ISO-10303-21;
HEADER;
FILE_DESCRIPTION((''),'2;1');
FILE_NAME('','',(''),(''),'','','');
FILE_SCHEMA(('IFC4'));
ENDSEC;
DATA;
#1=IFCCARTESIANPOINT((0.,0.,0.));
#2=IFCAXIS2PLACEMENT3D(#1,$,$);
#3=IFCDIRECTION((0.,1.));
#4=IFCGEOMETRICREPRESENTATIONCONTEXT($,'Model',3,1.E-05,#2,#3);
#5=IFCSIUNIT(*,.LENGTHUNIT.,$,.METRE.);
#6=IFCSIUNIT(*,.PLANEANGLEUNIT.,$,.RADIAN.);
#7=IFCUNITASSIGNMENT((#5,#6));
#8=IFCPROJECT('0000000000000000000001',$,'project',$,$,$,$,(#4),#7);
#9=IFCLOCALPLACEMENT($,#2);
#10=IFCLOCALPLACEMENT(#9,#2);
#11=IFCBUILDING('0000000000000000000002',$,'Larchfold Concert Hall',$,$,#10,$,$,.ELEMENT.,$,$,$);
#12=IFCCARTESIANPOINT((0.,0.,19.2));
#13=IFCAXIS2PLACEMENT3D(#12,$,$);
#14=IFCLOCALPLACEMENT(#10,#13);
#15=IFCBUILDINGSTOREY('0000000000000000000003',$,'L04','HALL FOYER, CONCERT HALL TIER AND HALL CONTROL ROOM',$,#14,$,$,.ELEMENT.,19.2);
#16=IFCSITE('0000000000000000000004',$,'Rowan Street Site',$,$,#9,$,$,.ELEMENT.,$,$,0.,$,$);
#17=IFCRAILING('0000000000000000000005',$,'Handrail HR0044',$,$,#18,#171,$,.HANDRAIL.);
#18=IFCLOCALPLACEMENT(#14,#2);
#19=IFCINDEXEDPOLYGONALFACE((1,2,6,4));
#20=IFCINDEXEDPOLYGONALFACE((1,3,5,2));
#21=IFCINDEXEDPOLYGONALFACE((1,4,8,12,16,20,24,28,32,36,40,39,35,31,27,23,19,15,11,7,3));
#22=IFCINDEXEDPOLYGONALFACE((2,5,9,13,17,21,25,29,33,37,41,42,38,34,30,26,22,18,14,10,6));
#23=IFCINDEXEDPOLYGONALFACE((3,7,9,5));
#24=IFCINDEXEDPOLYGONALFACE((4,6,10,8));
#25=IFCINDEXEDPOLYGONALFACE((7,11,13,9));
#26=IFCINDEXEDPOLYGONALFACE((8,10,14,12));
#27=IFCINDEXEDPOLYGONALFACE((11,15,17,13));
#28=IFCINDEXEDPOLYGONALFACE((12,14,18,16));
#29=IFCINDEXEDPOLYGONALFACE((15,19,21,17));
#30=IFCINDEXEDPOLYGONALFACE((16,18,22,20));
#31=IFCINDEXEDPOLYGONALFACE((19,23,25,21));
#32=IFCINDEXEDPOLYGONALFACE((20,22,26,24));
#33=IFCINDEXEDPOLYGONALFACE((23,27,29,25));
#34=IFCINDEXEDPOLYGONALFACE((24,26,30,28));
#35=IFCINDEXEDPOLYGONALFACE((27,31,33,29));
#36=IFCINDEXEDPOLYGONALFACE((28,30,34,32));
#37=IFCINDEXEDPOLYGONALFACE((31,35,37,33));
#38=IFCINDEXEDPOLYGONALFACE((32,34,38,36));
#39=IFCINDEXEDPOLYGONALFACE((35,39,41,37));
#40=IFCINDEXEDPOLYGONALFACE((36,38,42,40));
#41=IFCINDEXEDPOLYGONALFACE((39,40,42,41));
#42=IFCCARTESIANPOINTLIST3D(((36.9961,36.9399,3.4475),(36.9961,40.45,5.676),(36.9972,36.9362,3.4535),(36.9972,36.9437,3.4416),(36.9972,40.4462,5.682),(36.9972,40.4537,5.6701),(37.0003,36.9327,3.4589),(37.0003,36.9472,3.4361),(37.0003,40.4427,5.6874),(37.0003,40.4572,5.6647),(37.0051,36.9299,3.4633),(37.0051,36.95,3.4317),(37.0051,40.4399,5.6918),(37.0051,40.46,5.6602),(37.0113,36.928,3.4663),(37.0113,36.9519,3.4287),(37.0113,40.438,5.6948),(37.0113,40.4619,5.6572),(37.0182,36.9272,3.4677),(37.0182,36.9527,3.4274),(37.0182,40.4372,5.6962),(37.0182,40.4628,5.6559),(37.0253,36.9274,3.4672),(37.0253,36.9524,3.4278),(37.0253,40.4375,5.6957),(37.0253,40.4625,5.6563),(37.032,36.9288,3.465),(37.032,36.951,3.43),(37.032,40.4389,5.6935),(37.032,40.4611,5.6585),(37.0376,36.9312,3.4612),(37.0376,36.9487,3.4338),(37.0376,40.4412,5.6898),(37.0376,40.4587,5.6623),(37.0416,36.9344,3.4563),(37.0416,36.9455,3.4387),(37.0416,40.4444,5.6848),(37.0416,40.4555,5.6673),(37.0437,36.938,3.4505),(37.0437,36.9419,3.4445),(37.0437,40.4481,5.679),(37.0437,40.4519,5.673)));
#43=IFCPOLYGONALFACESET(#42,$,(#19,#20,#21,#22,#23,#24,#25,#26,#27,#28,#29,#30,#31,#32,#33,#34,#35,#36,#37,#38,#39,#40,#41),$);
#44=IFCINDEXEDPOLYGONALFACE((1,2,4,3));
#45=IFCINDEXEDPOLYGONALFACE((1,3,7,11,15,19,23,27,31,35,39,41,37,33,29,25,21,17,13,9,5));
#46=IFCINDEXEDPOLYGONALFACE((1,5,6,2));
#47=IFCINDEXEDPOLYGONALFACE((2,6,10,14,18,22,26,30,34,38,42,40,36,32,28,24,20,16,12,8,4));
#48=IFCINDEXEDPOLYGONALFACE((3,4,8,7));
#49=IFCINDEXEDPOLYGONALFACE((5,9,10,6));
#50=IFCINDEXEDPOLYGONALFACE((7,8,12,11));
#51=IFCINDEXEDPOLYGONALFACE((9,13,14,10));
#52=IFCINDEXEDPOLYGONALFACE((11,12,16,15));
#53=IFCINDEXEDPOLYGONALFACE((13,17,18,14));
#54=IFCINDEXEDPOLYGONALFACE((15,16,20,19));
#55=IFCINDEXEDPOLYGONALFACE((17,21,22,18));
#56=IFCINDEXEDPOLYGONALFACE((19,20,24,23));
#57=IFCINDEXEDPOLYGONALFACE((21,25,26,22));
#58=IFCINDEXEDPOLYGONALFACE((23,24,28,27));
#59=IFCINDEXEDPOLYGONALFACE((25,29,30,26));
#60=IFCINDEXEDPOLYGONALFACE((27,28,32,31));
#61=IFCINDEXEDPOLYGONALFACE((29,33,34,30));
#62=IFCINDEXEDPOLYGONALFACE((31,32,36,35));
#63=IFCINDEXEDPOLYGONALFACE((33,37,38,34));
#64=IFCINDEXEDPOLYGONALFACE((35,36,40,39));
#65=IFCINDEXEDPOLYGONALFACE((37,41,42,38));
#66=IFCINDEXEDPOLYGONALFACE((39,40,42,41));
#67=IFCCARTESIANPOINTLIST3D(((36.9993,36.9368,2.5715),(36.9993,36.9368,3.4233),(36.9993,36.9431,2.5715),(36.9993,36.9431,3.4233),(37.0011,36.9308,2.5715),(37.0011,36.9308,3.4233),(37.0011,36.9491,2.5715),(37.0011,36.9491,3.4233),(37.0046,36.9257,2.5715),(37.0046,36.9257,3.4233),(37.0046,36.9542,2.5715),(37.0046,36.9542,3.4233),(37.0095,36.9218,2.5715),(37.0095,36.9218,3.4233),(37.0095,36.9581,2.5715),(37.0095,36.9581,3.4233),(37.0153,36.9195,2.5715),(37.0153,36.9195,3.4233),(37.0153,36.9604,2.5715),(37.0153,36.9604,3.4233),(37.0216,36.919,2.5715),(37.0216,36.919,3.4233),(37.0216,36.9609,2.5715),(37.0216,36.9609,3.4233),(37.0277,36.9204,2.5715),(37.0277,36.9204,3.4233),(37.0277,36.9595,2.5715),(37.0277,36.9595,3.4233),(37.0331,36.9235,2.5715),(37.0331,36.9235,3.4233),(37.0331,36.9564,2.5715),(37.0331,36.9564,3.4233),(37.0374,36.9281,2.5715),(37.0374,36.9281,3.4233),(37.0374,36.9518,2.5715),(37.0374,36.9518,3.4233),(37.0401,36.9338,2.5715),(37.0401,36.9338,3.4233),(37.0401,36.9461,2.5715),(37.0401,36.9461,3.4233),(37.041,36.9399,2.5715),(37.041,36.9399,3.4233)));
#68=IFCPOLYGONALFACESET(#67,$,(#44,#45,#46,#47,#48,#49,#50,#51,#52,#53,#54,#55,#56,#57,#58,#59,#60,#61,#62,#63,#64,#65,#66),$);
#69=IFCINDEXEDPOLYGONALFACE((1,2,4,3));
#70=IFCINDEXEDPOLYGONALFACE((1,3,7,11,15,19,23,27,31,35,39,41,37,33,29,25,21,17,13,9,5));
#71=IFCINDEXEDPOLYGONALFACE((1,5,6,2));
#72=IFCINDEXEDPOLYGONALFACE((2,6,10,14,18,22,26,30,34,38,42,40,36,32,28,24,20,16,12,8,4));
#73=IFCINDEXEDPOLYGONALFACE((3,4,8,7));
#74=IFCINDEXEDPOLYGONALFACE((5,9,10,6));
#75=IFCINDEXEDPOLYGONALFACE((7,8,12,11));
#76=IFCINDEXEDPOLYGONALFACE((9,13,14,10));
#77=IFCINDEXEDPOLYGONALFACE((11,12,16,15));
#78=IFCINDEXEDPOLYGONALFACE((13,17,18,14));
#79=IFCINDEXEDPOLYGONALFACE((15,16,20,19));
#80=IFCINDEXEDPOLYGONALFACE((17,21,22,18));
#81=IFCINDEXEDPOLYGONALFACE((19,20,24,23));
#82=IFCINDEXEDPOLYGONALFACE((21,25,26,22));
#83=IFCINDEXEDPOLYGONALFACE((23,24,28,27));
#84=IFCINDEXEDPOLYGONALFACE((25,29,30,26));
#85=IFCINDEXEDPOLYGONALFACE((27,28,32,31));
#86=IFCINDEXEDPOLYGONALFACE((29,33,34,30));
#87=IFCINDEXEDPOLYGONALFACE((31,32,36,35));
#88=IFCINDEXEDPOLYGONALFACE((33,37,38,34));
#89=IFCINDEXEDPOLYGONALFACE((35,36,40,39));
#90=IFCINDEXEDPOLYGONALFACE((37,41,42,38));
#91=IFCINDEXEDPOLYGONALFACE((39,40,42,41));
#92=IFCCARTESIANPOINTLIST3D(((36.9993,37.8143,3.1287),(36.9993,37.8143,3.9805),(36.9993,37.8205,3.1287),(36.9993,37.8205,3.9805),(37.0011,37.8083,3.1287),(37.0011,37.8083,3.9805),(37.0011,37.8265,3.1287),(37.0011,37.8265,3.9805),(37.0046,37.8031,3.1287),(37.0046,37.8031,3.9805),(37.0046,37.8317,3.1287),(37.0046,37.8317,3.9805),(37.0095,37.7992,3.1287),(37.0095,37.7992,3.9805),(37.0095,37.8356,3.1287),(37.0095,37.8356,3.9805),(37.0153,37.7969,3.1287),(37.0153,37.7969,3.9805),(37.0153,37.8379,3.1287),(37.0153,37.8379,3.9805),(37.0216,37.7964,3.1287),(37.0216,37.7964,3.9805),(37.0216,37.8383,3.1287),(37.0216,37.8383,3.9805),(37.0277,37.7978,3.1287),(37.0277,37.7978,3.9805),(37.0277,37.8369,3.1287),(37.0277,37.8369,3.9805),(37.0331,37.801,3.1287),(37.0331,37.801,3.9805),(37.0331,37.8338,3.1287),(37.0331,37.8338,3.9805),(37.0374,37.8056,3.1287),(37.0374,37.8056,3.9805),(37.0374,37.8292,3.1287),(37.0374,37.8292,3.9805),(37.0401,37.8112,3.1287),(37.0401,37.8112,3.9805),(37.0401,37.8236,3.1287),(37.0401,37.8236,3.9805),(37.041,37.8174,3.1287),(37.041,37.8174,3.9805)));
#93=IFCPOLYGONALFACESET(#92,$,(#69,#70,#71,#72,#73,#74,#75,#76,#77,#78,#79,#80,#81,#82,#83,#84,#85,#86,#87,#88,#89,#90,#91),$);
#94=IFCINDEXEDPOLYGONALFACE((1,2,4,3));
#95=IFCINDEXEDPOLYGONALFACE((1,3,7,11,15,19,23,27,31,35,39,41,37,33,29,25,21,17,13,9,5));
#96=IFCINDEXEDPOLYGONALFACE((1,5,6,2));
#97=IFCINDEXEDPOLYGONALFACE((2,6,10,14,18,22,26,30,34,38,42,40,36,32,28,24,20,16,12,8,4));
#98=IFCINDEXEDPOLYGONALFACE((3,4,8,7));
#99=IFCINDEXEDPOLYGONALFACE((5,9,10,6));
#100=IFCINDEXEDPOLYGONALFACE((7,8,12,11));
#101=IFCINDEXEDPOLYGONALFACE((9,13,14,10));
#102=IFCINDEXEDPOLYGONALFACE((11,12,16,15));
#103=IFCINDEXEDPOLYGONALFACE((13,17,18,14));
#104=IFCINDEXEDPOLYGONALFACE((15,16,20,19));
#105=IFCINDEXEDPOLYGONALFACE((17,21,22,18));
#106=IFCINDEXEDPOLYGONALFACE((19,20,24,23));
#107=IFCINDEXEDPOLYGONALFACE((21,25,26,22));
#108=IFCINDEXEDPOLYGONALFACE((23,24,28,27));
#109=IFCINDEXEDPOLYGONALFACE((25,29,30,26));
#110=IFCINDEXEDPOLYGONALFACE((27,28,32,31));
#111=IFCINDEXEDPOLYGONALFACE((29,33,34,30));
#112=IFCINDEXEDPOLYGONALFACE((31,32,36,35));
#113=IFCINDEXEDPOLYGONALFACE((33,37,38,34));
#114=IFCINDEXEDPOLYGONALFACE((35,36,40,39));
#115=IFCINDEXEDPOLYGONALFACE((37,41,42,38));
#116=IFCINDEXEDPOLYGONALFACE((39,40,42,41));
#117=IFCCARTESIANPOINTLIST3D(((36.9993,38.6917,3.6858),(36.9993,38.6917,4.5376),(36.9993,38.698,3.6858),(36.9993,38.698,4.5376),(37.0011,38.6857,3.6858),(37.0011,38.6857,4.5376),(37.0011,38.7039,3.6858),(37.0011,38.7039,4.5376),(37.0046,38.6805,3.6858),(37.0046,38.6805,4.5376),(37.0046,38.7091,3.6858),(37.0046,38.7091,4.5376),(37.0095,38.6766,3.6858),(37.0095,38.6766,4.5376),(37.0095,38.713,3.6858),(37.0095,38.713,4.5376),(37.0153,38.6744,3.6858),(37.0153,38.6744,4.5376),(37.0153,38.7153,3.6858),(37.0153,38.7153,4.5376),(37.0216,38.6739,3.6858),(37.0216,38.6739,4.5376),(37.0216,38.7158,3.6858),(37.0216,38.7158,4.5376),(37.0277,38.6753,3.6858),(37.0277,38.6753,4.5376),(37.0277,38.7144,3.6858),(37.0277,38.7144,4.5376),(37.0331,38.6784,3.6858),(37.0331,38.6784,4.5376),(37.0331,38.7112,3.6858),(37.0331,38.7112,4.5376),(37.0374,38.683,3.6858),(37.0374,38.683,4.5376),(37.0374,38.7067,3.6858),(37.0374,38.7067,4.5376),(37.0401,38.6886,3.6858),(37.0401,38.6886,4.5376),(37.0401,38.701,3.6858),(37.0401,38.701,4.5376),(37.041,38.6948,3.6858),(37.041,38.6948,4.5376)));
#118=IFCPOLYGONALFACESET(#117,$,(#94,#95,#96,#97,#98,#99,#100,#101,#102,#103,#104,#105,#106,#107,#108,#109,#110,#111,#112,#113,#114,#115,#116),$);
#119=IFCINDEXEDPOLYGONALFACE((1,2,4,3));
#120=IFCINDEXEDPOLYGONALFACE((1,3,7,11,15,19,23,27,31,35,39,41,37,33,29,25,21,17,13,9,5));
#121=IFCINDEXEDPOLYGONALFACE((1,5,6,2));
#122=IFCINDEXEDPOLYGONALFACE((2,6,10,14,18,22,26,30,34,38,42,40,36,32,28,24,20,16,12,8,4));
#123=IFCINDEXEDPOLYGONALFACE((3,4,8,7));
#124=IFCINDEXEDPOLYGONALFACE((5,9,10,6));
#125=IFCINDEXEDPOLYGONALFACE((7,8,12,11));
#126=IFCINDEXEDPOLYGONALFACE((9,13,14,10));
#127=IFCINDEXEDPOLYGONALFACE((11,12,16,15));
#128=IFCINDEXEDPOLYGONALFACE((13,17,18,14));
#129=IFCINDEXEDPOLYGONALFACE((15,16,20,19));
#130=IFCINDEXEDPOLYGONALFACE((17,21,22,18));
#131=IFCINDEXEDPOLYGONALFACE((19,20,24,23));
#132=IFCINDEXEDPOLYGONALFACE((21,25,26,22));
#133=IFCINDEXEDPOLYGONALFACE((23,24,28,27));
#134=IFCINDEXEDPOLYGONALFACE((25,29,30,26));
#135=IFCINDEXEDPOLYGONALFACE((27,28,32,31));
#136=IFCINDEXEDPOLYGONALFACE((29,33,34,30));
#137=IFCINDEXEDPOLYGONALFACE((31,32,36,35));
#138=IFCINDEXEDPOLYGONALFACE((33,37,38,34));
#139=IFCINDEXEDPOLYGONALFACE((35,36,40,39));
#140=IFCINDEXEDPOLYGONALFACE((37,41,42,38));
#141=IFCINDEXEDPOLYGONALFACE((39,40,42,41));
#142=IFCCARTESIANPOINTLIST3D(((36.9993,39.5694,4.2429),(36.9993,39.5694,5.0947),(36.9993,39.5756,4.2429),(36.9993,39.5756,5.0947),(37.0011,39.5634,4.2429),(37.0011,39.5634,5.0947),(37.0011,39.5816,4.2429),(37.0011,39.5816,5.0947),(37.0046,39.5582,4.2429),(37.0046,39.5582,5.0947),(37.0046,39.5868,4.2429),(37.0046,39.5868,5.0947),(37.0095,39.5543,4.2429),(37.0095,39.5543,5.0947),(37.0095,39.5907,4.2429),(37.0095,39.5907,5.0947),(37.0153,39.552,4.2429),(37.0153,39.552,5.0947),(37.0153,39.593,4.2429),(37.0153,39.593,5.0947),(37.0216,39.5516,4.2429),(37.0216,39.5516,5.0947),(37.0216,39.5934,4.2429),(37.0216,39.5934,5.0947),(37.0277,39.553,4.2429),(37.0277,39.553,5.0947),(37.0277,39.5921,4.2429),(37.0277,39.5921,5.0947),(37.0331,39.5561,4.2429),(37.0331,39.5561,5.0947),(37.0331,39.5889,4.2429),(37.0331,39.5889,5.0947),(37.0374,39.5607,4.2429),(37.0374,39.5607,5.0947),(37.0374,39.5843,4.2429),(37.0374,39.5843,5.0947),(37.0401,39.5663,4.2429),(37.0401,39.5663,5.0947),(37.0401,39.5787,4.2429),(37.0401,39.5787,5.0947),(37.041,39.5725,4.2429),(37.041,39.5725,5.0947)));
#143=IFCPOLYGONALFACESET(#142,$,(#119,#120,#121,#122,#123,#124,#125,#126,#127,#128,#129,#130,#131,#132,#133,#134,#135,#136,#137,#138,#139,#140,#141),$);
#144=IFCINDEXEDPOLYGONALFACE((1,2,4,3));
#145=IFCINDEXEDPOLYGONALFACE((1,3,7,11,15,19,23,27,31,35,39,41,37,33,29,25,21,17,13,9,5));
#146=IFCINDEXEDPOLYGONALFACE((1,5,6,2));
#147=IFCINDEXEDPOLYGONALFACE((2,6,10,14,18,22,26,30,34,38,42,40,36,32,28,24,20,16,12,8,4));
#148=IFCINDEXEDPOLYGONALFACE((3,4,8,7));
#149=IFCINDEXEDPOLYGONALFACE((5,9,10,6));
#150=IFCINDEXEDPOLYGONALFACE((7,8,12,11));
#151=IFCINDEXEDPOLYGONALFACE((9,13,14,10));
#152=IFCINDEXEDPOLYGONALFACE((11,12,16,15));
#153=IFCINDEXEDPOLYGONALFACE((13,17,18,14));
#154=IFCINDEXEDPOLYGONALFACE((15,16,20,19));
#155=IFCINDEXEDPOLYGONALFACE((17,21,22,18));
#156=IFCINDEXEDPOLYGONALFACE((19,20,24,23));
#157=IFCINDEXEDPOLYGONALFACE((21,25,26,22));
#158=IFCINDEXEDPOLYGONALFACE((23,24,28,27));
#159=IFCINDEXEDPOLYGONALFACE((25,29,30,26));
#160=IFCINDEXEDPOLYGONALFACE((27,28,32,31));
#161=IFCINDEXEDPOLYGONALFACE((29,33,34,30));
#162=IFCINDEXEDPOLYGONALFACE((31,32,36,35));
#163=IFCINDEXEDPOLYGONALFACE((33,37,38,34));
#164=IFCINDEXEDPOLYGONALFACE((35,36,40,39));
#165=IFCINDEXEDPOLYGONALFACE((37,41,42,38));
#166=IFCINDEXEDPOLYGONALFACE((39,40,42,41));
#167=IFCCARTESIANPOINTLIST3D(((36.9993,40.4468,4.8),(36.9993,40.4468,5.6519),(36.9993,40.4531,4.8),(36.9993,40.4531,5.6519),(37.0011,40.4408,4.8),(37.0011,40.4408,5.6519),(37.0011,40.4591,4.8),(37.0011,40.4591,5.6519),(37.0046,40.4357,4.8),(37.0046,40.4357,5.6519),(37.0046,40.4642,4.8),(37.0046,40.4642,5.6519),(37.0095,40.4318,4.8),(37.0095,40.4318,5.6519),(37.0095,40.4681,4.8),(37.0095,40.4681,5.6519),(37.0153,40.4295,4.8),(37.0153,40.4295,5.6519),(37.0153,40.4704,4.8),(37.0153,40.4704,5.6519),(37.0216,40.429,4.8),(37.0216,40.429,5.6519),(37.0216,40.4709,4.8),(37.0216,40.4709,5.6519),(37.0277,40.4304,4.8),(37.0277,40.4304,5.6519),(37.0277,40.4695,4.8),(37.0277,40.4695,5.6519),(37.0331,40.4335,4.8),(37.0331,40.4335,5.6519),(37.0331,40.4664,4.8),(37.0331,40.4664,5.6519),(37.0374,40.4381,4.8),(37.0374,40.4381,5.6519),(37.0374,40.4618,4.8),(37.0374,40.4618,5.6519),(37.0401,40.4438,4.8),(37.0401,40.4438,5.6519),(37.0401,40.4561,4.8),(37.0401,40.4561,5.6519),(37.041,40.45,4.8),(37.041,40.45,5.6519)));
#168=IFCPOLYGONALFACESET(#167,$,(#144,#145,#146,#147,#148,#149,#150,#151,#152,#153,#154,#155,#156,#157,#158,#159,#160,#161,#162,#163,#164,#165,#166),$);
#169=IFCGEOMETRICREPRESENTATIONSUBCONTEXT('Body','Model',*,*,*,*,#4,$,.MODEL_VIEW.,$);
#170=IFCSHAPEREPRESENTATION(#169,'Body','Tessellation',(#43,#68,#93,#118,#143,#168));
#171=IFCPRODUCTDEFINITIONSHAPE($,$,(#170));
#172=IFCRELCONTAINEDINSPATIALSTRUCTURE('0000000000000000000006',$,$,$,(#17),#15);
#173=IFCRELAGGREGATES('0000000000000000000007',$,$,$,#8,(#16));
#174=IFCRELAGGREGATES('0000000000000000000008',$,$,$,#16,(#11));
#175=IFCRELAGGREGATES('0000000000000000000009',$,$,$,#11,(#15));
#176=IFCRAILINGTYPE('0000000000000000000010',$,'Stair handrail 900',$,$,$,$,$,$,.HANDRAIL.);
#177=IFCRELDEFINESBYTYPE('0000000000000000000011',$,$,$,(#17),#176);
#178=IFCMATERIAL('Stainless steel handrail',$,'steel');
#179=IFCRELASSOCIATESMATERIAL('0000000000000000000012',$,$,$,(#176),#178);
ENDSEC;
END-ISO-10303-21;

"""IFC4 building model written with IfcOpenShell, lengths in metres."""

from ifc_helpers import new_model, si_unit, direction, frame, origin, origin_2d, place, context, subcontext, project, spatial, circle, extrude, material, type_object, element, save


model = new_model("IFC4")

# Units and contexts
model_context = context("Model", 3, precision=1e-05, world=origin(), true_north=direction((0.0, 1.0)))
body_context = subcontext(model_context, "Body", "Model", "MODEL_VIEW")
ifc_project = project(units=[si_unit("LENGTHUNIT", "METRE"), si_unit("PLANEANGLEUNIT", "RADIAN")], contexts=[model_context])

# Site, building, storey
site_placement = place(None, origin())
site = spatial("IfcSite", under=ifc_project, at=site_placement, Name="Rowan Street Site", CompositionType="ELEMENT", RefElevation=0.0)
building_placement = place(site_placement, origin())
building = spatial("IfcBuilding", under=site, at=building_placement, Name="Larchfold Concert Hall", CompositionType="ELEMENT")
storey_placement = place(building_placement, frame((0.0, 0.0, 19.2)))
storey = spatial("IfcBuildingStorey", under=building, at=storey_placement, Name="L04", Description="HALL FOYER, CONCERT HALL TIER AND HALL CONTROL ROOM", CompositionType="ELEMENT", Elevation=19.2)

# Railing
ifc_material_1 = material(Name="Stainless steel handrail", Category="steel")
railing_type_1 = type_object("IfcRailingType", Name="Stair handrail 900", PredefinedType="HANDRAIL", material=ifc_material_1)
railing_1_placement = place(storey_placement, frame((37.02, 36.9399, 2.5715)))
element("IfcRailing", 1, at=railing_1_placement, inside=storey, type_object=railing_type_1, Name="Handrail HR0044", PredefinedType="HANDRAIL", context=body_context, shape_type="SweptSolid", body=[
    extrude(circle(Radius=0.0239, at=origin_2d()), frame((0.0, 0.0, 0.876), z_axis=(0.0, 0.84422, 0.535998), x_axis=(-1.0, 0.0, 0.0)), (0.0, 0.0, 1.0), 4.1577),
    extrude(circle(Radius=0.021, at=origin_2d()), origin(), (0.0, 0.0, 1.0), 0.8518),
    extrude(circle(Radius=0.021, at=origin_2d()), frame((0.0, 0.8774, 0.5571)), (0.0, 0.0, 1.0), 0.8518),
    extrude(circle(Radius=0.021, at=origin_2d()), frame((0.0, 1.7549, 1.1143)), (0.0, 0.0, 1.0), 0.8518),
    extrude(circle(Radius=0.021, at=origin_2d()), frame((0.0, 2.6326, 1.6714)), (0.0, 0.0, 1.0), 0.8518),
    extrude(circle(Radius=0.021, at=origin_2d()), frame((0.0, 3.51, 2.2285)), (0.0, 0.0, 1.0), 0.8518),
])

save(model, "model.ifc")
